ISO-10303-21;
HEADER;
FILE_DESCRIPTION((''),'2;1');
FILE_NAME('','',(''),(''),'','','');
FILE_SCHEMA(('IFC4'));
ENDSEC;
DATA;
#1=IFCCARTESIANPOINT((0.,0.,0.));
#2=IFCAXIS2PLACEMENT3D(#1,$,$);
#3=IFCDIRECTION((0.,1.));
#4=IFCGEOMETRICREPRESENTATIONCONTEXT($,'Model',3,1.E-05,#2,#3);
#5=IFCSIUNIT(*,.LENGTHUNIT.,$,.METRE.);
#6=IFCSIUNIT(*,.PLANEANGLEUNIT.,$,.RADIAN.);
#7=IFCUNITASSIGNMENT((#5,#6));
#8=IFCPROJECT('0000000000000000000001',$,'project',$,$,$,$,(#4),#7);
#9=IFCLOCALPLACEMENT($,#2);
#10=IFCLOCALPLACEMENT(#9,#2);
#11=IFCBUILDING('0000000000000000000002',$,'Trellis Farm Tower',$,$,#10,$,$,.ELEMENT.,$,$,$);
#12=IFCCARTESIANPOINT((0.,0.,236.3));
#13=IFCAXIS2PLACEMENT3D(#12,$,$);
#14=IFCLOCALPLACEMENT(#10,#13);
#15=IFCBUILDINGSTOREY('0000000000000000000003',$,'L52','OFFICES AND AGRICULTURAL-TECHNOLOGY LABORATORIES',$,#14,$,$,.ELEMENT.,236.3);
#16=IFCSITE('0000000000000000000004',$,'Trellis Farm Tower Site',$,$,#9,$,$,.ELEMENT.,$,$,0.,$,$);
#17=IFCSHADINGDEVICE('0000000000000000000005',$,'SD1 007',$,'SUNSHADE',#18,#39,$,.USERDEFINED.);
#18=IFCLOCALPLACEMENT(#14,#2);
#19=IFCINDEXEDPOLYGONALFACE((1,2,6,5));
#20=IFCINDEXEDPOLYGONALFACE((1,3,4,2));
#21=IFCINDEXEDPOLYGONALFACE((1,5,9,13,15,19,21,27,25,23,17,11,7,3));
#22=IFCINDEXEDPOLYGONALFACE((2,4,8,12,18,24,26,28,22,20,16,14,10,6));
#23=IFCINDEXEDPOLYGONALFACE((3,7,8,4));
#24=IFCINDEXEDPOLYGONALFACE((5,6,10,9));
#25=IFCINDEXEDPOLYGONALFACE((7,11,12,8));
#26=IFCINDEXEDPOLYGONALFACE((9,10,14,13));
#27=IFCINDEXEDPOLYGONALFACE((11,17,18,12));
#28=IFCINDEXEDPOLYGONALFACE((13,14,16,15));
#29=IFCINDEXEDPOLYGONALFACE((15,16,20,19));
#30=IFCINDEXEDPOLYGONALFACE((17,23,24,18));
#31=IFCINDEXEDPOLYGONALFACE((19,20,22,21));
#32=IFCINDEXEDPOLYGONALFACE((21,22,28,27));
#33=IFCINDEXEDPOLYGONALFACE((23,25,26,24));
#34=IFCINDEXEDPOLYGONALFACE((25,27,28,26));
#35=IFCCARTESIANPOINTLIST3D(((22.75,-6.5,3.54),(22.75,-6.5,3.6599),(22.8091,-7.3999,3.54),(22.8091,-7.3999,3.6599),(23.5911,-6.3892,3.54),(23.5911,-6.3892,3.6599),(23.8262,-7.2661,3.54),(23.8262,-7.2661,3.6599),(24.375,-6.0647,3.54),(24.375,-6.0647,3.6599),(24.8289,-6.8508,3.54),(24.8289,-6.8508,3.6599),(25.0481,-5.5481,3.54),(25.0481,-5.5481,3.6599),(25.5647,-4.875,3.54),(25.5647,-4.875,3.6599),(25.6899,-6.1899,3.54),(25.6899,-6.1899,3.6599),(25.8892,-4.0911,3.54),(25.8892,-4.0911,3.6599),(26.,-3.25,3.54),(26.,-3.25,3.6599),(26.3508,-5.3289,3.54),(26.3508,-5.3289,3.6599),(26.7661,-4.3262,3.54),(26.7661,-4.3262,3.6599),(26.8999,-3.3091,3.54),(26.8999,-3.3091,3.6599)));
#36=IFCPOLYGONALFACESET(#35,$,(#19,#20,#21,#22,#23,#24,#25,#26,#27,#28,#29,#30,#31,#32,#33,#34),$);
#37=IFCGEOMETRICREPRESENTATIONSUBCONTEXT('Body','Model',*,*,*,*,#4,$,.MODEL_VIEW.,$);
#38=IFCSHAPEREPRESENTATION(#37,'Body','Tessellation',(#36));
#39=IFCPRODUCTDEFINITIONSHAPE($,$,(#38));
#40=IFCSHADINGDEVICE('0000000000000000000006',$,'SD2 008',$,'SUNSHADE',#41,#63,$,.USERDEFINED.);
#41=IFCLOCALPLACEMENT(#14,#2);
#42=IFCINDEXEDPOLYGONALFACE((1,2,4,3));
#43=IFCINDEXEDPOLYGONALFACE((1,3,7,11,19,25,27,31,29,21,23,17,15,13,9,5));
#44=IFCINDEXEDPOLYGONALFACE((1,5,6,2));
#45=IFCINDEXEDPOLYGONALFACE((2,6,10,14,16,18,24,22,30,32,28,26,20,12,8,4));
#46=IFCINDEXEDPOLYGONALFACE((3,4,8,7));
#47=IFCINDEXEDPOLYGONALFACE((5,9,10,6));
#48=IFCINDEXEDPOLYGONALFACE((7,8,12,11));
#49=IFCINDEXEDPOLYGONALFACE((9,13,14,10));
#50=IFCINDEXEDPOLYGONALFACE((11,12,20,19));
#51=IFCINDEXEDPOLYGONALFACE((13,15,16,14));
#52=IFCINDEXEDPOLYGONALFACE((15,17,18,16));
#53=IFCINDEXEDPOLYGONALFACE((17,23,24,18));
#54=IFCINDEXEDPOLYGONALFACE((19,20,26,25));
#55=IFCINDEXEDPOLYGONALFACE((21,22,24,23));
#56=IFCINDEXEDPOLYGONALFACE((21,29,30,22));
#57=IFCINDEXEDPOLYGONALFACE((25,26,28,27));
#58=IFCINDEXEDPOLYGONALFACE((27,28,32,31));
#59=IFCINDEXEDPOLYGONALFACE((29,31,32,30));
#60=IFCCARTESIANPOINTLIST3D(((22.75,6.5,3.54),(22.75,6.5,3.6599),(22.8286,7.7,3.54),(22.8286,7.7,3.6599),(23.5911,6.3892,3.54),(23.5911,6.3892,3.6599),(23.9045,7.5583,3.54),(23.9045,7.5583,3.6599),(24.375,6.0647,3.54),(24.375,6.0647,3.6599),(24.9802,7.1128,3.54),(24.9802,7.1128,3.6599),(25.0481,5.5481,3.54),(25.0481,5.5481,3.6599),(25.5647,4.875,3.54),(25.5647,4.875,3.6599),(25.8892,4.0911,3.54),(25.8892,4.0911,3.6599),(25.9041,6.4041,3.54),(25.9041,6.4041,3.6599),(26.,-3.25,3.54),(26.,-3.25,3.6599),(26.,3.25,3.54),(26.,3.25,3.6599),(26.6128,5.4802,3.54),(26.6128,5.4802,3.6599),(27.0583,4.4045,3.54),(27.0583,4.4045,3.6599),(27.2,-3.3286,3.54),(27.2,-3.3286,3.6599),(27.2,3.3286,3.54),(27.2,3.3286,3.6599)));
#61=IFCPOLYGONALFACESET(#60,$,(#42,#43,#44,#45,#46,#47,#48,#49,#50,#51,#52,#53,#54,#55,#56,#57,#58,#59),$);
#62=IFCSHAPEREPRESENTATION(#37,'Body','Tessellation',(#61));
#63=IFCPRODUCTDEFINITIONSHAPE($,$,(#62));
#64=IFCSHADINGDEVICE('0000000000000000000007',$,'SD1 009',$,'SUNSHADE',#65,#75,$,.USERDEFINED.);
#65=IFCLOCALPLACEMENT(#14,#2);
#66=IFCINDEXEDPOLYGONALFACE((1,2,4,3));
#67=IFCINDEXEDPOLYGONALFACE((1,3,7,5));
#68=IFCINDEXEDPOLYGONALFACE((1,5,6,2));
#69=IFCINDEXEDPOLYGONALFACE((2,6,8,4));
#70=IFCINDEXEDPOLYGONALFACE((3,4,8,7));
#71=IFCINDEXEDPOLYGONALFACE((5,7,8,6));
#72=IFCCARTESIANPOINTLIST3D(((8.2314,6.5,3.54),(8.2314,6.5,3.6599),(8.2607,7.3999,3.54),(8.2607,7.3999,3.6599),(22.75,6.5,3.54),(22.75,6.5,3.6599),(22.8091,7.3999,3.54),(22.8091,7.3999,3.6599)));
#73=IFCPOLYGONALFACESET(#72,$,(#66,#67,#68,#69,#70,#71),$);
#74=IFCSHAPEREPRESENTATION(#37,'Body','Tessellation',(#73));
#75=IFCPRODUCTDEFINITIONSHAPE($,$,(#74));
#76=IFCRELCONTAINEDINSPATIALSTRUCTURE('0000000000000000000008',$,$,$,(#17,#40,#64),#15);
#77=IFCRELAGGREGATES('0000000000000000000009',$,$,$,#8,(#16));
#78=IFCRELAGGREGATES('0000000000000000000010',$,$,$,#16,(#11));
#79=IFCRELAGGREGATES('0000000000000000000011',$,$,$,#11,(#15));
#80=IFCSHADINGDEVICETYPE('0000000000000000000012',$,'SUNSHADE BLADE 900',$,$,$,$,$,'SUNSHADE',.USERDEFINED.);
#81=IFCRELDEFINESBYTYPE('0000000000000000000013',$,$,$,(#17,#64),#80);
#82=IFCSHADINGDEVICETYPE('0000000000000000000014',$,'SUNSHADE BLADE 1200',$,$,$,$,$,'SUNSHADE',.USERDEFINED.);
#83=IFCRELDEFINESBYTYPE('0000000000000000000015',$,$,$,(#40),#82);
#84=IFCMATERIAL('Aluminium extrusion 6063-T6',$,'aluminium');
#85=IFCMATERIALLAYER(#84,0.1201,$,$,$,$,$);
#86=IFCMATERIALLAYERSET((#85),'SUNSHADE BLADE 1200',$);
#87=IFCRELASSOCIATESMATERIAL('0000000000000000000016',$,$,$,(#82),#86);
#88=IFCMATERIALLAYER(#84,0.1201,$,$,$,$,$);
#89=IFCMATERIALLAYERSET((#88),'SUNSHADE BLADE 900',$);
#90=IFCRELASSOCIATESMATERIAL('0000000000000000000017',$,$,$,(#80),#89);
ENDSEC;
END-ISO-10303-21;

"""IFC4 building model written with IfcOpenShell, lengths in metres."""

from ifc_helpers import new_model, si_unit, direction, frame, origin, place, context, subcontext, project, spatial, polyline, outline, extrude, source, transform, mapped, material, layer, layer_set, type_object, element, save


model = new_model("IFC4")

# Units and contexts
model_context = context("Model", 3, precision=1e-05, world=origin(), true_north=direction((0.0, 1.0)))
body_context = subcontext(model_context, "Body", "Model", "MODEL_VIEW")
ifc_project = project(units=[si_unit("LENGTHUNIT", "METRE"), si_unit("PLANEANGLEUNIT", "RADIAN")], contexts=[model_context])

# Site, building, storey
site_placement = place(None, origin())
site = spatial("IfcSite", under=ifc_project, at=site_placement, Name="Trellis Farm Tower Site", CompositionType="ELEMENT", RefElevation=0.0)
building_placement = place(site_placement, origin())
building = spatial("IfcBuilding", under=site, at=building_placement, Name="Trellis Farm Tower", CompositionType="ELEMENT")
storey_placement = place(building_placement, frame((0.0, 0.0, 236.3)))
storey = spatial("IfcBuildingStorey", under=building, at=storey_placement, Name="L52", Description="OFFICES AND AGRICULTURAL-TECHNOLOGY LABORATORIES", CompositionType="ELEMENT", Elevation=236.3)

# Shared definitions
ifc_material_1 = material(Name="Aluminium extrusion 6063-T6", Category="aluminium")

# Shading devices
ifc_layer_1 = layer(ifc_material_1, 0.1201)
ifc_layer_set_1 = layer_set([ifc_layer_1], Name="SUNSHADE BLADE 1200")
shading_device_type_1 = type_object("IfcShadingDeviceType", Name="SUNSHADE BLADE 1200", ElementType="SUNSHADE", PredefinedType="USERDEFINED", material=ifc_layer_set_1)
placement_1 = place(storey_placement, frame((0.0, 0.0, 3.54)))
ifc_layer_2 = layer(ifc_material_1, 0.1201)
ifc_layer_set_2 = layer_set([ifc_layer_2], Name="SUNSHADE BLADE 900")
shading_device_type_2 = type_object("IfcShadingDeviceType", Name="SUNSHADE BLADE 900", ElementType="SUNSHADE", PredefinedType="USERDEFINED", material=ifc_layer_set_2)
shared_shape_1 = source(origin(), body_context, "Body", "SweptSolid", [
    extrude(outline(polyline([(22.8091, -7.3999), (23.8262, -7.2661), (24.8289, -6.8508), (25.6899, -6.1899), (26.3508, -5.3289), (26.7661, -4.3262), (26.8999, -3.3091), (26.0, -3.25), (25.8892, -4.0911), (25.5647, -4.875), (25.0481, -5.5481), (24.375, -6.0647), (23.5911, -6.3892), (22.75, -6.5), (22.8091, -7.3999)])), origin(), (0.0, 0.0, 1.0), 0.1199),
])
element("IfcShadingDevice", 1, at=placement_1, inside=storey, type_object=shading_device_type_2, Name="SD1 007", ObjectType="SUNSHADE", PredefinedType="USERDEFINED", context=body_context, shape_type="MappedRepresentation", body=[
    mapped(shared_shape_1, transform((0.0, 0.0, 0.0))),
])
shared_shape_2 = source(origin(), body_context, "Body", "SweptSolid", [
    extrude(outline(polyline([(27.2, -3.3286), (27.2, 3.3286), (27.0583, 4.4045), (26.6128, 5.4802), (25.9041, 6.4041), (24.9802, 7.1128), (23.9045, 7.5583), (22.8286, 7.7), (22.75, 6.5), (23.5911, 6.3892), (24.375, 6.0647), (25.0481, 5.5481), (25.5647, 4.875), (25.8892, 4.0911), (26.0, 3.25), (26.0, -3.25), (27.2, -3.3286)])), origin(), (0.0, 0.0, 1.0), 0.1199),
])
element("IfcShadingDevice", 2, at=placement_1, inside=storey, type_object=shading_device_type_1, Name="SD2 008", ObjectType="SUNSHADE", PredefinedType="USERDEFINED", context=body_context, shape_type="MappedRepresentation", body=[
    mapped(shared_shape_2, transform((0.0, 0.0, 0.0))),
])
shared_shape_3 = source(origin(), body_context, "Body", "SweptSolid", [
    extrude(outline(polyline([(22.8091, 7.3999), (8.2607, 7.3999), (8.2314, 6.5), (22.75, 6.5), (22.8091, 7.3999)])), origin(), (0.0, 0.0, 1.0), 0.1199),
])
element("IfcShadingDevice", 3, at=placement_1, inside=storey, type_object=shading_device_type_2, Name="SD1 009", ObjectType="SUNSHADE", PredefinedType="USERDEFINED", context=body_context, shape_type="MappedRepresentation", body=[
    mapped(shared_shape_3, transform((0.0, 0.0, 0.0))),
])

save(model, "model.ifc")
